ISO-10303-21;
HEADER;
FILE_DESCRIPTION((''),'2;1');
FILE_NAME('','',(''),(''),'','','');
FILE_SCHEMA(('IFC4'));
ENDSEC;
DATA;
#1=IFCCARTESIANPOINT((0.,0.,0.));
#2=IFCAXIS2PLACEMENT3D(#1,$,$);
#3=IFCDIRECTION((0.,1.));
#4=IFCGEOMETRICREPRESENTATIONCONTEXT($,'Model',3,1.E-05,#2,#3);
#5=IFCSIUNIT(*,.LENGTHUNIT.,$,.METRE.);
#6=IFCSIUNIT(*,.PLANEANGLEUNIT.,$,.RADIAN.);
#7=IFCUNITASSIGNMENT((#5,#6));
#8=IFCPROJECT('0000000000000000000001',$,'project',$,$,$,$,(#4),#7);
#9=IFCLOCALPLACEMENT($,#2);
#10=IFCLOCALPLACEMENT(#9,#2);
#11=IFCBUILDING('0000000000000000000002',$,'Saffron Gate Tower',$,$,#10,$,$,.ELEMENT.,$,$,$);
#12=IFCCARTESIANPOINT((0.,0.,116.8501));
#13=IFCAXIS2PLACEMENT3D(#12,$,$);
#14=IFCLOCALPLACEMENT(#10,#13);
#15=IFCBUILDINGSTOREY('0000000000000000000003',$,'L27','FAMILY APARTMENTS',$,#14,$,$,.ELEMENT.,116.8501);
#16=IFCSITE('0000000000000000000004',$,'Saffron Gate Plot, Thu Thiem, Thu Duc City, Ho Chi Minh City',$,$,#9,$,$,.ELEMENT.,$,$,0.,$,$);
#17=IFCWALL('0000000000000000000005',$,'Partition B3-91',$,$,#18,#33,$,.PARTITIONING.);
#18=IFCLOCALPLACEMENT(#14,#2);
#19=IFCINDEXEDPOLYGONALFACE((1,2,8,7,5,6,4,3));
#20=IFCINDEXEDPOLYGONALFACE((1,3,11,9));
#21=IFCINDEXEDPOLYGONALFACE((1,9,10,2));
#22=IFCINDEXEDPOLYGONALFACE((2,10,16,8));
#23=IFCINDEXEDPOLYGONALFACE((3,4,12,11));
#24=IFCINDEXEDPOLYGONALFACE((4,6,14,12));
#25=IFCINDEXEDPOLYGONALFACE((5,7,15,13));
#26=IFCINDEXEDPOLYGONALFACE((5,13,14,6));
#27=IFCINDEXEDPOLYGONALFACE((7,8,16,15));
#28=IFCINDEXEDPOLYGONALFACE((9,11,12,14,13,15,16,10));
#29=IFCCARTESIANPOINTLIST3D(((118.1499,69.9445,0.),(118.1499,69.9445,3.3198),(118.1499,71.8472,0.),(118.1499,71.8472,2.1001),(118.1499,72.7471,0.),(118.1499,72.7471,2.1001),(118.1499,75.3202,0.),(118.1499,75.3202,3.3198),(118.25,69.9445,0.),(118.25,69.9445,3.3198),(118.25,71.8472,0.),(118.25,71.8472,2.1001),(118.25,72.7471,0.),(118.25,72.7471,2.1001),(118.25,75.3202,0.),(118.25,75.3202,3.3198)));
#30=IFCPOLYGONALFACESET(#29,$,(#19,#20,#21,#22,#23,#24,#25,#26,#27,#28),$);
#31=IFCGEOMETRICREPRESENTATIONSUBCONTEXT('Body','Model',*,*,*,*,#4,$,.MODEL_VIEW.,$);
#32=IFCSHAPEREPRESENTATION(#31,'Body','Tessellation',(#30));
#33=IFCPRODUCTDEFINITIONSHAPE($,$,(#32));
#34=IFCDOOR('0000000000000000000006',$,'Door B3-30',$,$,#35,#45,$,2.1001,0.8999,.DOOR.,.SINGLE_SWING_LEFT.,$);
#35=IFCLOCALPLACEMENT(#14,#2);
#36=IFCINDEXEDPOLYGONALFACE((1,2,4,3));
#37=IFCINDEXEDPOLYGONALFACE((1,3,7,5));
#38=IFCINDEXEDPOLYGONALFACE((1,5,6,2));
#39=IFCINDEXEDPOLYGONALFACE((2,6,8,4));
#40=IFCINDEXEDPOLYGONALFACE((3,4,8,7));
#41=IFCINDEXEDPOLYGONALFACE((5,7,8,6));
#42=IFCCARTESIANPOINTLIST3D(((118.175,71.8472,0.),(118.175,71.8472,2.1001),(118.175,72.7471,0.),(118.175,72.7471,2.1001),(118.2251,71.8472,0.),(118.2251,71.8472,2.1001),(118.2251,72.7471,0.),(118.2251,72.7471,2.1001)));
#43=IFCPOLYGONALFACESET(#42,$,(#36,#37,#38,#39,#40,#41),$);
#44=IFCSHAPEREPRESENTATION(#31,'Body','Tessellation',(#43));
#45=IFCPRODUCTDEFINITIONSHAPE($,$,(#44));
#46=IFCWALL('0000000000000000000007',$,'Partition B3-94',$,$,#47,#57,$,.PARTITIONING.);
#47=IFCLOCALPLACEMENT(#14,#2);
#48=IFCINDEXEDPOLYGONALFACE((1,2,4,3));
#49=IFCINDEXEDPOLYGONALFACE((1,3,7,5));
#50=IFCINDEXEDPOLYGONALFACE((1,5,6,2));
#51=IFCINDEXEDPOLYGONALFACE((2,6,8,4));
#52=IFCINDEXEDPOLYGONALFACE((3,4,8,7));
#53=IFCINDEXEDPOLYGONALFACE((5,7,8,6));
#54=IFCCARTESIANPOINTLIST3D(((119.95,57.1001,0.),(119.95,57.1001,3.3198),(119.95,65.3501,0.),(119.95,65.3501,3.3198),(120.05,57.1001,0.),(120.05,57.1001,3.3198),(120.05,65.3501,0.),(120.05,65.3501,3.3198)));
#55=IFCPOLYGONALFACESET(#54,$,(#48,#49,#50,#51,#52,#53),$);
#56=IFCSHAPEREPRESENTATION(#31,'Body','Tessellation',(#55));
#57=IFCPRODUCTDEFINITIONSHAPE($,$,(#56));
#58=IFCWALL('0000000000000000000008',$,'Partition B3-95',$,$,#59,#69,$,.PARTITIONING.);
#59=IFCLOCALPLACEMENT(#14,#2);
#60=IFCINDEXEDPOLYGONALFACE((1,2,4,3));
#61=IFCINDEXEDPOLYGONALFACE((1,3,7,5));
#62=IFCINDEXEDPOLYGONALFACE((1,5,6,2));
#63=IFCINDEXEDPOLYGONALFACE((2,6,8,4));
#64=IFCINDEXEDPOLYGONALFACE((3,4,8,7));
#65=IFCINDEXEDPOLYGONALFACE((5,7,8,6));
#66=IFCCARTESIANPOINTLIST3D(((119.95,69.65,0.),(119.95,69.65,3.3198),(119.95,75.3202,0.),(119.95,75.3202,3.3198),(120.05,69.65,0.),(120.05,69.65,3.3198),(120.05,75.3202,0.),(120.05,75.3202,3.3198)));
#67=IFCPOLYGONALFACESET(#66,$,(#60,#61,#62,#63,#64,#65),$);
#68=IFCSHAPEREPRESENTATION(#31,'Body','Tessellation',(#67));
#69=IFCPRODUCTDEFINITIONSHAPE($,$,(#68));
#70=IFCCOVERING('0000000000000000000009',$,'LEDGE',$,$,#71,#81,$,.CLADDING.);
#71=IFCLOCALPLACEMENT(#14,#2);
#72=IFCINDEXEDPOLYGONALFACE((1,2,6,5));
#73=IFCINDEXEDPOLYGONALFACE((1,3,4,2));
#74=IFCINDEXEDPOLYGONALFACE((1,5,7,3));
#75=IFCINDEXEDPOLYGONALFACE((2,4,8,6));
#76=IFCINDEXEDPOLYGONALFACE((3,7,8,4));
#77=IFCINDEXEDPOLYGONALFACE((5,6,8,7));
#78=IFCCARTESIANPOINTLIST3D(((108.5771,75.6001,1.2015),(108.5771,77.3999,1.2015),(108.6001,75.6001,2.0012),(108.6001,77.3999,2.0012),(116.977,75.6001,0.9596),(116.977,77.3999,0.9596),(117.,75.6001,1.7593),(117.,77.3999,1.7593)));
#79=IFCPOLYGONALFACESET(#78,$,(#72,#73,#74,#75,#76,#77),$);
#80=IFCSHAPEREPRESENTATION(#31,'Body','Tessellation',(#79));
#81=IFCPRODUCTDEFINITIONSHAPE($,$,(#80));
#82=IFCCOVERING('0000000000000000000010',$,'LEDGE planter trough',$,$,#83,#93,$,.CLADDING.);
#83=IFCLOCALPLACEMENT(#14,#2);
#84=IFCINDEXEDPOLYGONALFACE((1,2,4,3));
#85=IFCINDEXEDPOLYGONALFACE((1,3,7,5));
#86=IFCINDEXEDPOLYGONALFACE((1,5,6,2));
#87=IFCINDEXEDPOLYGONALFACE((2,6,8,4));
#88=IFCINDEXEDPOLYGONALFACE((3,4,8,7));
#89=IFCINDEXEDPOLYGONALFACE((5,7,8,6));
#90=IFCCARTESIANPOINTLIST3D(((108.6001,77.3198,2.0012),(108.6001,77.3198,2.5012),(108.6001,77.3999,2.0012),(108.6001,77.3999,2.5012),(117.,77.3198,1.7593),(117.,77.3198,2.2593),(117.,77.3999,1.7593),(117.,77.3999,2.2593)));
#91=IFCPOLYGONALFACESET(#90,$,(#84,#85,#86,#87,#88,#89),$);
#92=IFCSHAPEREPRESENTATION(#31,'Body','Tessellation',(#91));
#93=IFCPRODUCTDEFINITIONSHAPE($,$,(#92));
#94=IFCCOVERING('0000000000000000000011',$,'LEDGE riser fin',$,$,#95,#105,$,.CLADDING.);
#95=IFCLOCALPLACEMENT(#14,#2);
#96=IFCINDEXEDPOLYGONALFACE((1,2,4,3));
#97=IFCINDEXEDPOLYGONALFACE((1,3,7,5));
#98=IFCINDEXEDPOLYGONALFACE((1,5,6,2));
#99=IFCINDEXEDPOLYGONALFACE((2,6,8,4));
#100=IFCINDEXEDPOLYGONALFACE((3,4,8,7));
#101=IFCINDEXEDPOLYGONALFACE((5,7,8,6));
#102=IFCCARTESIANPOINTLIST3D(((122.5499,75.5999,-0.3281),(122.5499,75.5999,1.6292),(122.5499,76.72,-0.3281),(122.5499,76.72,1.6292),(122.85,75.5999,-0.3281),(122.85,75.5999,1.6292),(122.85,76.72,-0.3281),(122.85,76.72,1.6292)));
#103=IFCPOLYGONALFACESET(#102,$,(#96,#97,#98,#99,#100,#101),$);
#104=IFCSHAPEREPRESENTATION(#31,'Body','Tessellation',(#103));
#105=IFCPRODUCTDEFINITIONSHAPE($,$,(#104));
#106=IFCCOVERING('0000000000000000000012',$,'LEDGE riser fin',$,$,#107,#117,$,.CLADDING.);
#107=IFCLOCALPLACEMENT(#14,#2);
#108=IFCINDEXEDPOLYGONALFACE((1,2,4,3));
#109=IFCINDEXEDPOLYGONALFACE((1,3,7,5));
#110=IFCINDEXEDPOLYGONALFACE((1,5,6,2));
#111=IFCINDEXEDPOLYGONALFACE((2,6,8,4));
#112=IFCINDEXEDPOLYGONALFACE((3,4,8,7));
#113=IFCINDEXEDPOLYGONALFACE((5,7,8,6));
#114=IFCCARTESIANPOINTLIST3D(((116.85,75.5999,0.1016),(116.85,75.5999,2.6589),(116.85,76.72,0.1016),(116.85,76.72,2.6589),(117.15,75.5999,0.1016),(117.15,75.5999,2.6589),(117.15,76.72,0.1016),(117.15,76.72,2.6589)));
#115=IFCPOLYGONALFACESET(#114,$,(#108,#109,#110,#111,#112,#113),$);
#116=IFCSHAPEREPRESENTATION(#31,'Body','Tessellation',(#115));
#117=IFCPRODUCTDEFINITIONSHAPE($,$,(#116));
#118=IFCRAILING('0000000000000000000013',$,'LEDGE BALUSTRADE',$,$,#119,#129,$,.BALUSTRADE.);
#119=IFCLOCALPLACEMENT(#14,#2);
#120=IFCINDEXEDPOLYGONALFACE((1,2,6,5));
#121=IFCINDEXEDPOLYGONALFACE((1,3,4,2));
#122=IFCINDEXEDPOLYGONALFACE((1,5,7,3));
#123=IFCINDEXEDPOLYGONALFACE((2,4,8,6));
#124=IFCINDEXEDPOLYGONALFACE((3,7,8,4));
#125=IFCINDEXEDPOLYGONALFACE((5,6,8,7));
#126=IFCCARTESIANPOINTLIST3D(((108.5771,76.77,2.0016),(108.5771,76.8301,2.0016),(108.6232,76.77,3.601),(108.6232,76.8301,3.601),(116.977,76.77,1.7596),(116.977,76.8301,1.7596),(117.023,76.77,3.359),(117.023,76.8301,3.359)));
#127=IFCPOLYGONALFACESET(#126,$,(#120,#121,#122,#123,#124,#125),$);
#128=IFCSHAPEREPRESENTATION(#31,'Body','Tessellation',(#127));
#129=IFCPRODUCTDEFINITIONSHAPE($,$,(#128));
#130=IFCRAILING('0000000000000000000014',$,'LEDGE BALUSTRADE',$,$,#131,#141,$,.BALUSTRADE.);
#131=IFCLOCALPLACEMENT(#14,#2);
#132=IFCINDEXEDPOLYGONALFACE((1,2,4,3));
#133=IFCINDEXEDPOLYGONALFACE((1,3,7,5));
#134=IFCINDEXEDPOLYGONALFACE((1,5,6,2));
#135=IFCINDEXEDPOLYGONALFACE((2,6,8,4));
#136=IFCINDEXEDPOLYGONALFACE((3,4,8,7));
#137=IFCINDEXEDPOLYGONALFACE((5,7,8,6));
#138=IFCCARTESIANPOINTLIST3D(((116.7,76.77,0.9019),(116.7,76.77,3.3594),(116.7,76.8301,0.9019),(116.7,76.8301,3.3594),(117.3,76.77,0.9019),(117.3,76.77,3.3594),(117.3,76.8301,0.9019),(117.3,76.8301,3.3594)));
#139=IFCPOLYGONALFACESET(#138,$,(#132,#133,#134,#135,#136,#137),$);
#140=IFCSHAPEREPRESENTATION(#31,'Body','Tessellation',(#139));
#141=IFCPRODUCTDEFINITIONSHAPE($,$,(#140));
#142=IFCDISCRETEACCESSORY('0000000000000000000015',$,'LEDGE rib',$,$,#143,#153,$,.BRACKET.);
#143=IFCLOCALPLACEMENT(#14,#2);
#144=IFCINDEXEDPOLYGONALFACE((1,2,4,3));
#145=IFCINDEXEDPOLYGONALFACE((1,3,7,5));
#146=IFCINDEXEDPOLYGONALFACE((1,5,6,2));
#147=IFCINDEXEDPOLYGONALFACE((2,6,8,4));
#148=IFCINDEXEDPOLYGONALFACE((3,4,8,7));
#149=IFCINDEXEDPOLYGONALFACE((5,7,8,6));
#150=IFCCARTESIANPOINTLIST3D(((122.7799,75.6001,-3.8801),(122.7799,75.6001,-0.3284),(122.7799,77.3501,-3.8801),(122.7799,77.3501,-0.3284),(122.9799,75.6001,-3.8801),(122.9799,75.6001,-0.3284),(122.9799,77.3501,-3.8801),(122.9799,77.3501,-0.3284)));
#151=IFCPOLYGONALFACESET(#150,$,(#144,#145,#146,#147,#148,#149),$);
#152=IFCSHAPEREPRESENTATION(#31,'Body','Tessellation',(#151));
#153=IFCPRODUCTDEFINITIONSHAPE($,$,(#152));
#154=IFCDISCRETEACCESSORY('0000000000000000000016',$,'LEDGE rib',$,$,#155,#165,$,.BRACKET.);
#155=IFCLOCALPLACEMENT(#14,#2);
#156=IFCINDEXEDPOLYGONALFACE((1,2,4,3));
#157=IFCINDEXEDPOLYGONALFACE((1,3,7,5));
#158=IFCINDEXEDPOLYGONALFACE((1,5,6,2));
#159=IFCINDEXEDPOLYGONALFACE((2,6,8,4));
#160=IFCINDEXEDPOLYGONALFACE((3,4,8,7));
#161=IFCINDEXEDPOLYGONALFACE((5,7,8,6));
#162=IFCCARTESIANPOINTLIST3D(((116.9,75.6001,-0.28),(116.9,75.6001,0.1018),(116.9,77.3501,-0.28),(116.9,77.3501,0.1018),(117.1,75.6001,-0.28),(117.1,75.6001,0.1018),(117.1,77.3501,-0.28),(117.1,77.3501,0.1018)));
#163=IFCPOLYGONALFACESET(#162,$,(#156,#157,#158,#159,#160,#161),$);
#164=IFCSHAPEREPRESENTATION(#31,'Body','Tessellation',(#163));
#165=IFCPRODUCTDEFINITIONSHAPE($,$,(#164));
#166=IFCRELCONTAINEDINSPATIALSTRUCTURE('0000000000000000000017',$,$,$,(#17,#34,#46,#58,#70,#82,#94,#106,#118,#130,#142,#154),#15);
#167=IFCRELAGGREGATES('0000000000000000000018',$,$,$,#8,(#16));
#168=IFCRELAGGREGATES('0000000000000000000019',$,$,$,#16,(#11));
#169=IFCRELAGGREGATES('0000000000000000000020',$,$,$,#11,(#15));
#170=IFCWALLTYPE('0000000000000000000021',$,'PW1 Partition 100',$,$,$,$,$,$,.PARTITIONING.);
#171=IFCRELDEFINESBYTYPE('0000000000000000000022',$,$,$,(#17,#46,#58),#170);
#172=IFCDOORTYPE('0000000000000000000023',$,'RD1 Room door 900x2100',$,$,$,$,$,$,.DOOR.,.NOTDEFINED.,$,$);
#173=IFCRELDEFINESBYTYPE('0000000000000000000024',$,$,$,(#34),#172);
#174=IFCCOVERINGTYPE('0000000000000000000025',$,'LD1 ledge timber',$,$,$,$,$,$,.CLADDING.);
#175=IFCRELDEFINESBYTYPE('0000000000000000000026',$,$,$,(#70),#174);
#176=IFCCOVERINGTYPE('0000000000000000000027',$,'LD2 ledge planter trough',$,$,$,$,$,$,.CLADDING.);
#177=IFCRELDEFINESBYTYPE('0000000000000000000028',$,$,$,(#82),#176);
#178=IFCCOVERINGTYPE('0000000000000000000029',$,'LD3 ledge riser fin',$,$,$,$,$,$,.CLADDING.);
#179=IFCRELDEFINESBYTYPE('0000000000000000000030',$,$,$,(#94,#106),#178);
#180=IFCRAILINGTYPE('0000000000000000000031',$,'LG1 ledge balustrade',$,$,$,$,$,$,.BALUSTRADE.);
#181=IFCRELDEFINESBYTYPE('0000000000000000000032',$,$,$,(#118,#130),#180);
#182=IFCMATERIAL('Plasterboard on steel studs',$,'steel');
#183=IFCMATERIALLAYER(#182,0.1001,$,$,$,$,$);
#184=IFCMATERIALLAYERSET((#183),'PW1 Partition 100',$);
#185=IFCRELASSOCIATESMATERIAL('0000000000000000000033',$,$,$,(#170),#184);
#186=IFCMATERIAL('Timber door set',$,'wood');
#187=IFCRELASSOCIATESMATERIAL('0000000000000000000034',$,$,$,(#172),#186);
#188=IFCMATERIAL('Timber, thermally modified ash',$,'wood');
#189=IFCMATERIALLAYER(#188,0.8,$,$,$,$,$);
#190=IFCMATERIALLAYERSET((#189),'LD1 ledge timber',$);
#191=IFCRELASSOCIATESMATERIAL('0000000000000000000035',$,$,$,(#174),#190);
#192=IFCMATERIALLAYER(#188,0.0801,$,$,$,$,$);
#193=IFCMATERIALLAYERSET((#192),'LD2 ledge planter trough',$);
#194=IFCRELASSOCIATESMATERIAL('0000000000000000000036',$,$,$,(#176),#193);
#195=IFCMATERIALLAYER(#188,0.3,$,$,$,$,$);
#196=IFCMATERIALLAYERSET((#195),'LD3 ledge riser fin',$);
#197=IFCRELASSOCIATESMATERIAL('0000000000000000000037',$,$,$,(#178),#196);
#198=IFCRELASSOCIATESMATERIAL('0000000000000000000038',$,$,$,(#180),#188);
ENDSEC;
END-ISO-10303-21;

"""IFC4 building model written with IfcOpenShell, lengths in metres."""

from ifc_helpers import new_model, si_unit, direction, frame, frame_2d, origin, origin_2d, place, context, subcontext, project, spatial, polyline, rectangle, outline, extrude, material, layer, layer_set, type_object, element, fill, save


model = new_model("IFC4")

# Units and contexts
model_context = context("Model", 3, precision=1e-05, world=origin(), true_north=direction((0.0, 1.0)))
body_context = subcontext(model_context, "Body", "Model", "MODEL_VIEW")
ifc_project = project(units=[si_unit("LENGTHUNIT", "METRE"), si_unit("PLANEANGLEUNIT", "RADIAN")], contexts=[model_context])

# Site, building, storey
site_placement = place(None, origin())
site = spatial("IfcSite", under=ifc_project, at=site_placement, Name="Saffron Gate Plot, Thu Thiem, Thu Duc City, Ho Chi Minh City", CompositionType="ELEMENT", RefElevation=0.0)
building_placement = place(site_placement, origin())
building = spatial("IfcBuilding", under=site, at=building_placement, Name="Saffron Gate Tower", CompositionType="ELEMENT")
storey_placement = place(building_placement, frame((0.0, 0.0, 116.8501)))
storey = spatial("IfcBuildingStorey", under=building, at=storey_placement, Name="L27", Description="FAMILY APARTMENTS", CompositionType="ELEMENT", Elevation=116.8501)

# Shared definitions
ifc_material_1 = material(Name="Plasterboard on steel studs", Category="steel")
ifc_layer_1 = layer(ifc_material_1, 0.1001)
ifc_layer_set_1 = layer_set([ifc_layer_1], Name="PW1 Partition 100")
wall_type = type_object("IfcWallType", Name="PW1 Partition 100", PredefinedType="PARTITIONING", material=ifc_layer_set_1)

# Shared definitions
ifc_material_2 = material(Name="Timber door set", Category="wood")
door_type = type_object("IfcDoorType", Name="RD1 Room door 900x2100", OperationType="NOTDEFINED", PredefinedType="DOOR", material=ifc_material_2)

# Wall, opening, door
wall_1_placement = place(storey_placement, frame((118.2, 69.9443, 0.0), z_axis=(0.0, 0.0, 1.0), x_axis=(0.0, 1.0, 0.0)))
wall_1 = element("IfcWall", 1, at=wall_1_placement, inside=storey, type_object=wall_type, Name="Partition B3-91", PredefinedType="PARTITIONING", context=body_context, shape_type="SweptSolid", body=[
    extrude(rectangle(XDim=5.3757, YDim=0.1001, at=frame_2d((2.688, 0.0))), origin(), (0.0, 0.0, 1.0), 3.3198),
])
opening_1_placement = place(wall_1_placement, frame((1.9028, 0.0, 0.0)))
opening_1 = element("IfcOpeningElement", 2, at=opening_1_placement, cuts=wall_1, PredefinedType="OPENING", context=body_context, shape_type="SweptSolid", body=[
    extrude(rectangle(XDim=0.8999, YDim=2.1001, at=frame_2d((0.45, 1.05))), frame((0.0, 0.0601, 0.0), z_axis=(0.0, -1.0, 0.0), x_axis=(1.0, 0.0, 0.0)), (0.0, 0.0, 1.0), 0.1201),
])
door_1_placement = place(opening_1_placement, origin())
door_1 = element("IfcDoor", 3, at=door_1_placement, inside=storey, type_object=door_type, Name="Door B3-30", OperationType="SINGLE_SWING_LEFT", OverallHeight=2.1001, OverallWidth=0.8999, PredefinedType="DOOR", context=body_context, shape_type="SweptSolid", body=[
    extrude(rectangle(XDim=0.8999, YDim=2.1001, at=frame_2d((0.45, 1.05))), frame((0.0, 0.0249, 0.0), z_axis=(0.0, -1.0, 0.0), x_axis=(1.0, 0.0, 0.0)), (0.0, 0.0, 1.0), 0.05),
])
fill(opening_1, door_1)

# Walls
wall_2_placement = place(storey_placement, frame((120.0, 65.3501, 0.0), z_axis=(0.0, 0.0, 1.0), x_axis=(0.0, -1.0, 0.0)))
element("IfcWall", 4, at=wall_2_placement, inside=storey, type_object=wall_type, Name="Partition B3-94", PredefinedType="PARTITIONING", context=body_context, shape_type="SweptSolid", body=[
    extrude(rectangle(XDim=8.25, YDim=0.1001, at=frame_2d((4.125, 0.0))), origin(), (0.0, 0.0, 1.0), 3.3198),
])
wall_3_placement = place(storey_placement, frame((120.0, 75.3201, 0.0), z_axis=(0.0, 0.0, 1.0), x_axis=(0.0, -1.0, 0.0)))
element("IfcWall", 5, at=wall_3_placement, inside=storey, type_object=wall_type, Name="Partition B3-95", PredefinedType="PARTITIONING", context=body_context, shape_type="SweptSolid", body=[
    extrude(rectangle(XDim=5.6702, YDim=0.1001, at=frame_2d((2.835, 0.0))), origin(), (0.0, 0.0, 1.0), 3.3198),
])

# Coverings
ifc_material_3 = material(Name="Timber, thermally modified ash", Category="wood")
ifc_layer_2 = layer(ifc_material_3, 0.8)
ifc_layer_set_2 = layer_set([ifc_layer_2], Name="LD1 ledge timber")
covering_type_1 = type_object("IfcCoveringType", Name="LD1 ledge timber", PredefinedType="CLADDING", material=ifc_layer_set_2)
covering_1_placement = place(storey_placement, frame((117.0, 75.6001, 1.7593), z_axis=(0.028791, 0.0, 0.999585), x_axis=(-0.999585, 0.0, 0.028791)))
element("IfcCovering", 6, at=covering_1_placement, inside=storey, type_object=covering_type_1, Name="LEDGE", PredefinedType="CLADDING", context=body_context, shape_type="SweptSolid", body=[
    extrude(outline(polyline([(0.0, 0.0), (8.4034, 0.0), (8.4034, -1.7998), (0.0, -1.7998), (0.0, 0.0)])), origin(), (0.0, 0.0, -1.0), 0.8),
])
ifc_layer_3 = layer(ifc_material_3, 0.0801)
ifc_layer_set_3 = layer_set([ifc_layer_3], Name="LD2 ledge planter trough")
covering_type_2 = type_object("IfcCoveringType", Name="LD2 ledge planter trough", PredefinedType="CLADDING", material=ifc_layer_set_3)
covering_2_placement = place(storey_placement, frame((117.0, 77.3999, 1.7593), z_axis=(0.0, 1.0, 0.0), x_axis=(-0.999585, 0.0, 0.028791)))
element("IfcCovering", 7, at=covering_2_placement, inside=storey, type_object=covering_type_2, Name="LEDGE planter trough", PredefinedType="CLADDING", context=body_context, shape_type="SweptSolid", body=[
    extrude(outline(polyline([(0.0, 0.0), (8.4034, 0.0), (8.4178, 0.4998), (0.0144, 0.4998), (0.0, 0.0)])), origin(), (0.0, 0.0, -1.0), 0.0801),
])
ifc_layer_4 = layer(ifc_material_3, 0.3)
ifc_layer_set_4 = layer_set([ifc_layer_4], Name="LD3 ledge riser fin")
covering_type_3 = type_object("IfcCoveringType", Name="LD3 ledge riser fin", PredefinedType="CLADDING", material=ifc_layer_set_4)
covering_3_placement = place(storey_placement, frame((122.7, 76.1599, -0.3281), z_axis=(0.0, 0.0, 1.0), x_axis=(-1.0, 0.0, 0.0)))
element("IfcCovering", 8, at=covering_3_placement, inside=storey, type_object=covering_type_3, Name="LEDGE riser fin", PredefinedType="CLADDING", context=body_context, shape_type="SweptSolid", body=[
    extrude(rectangle(XDim=0.3, YDim=1.1201, at=origin_2d()), origin(), (0.0, 0.0, 1.0), 1.9573),
])
covering_4_placement = place(storey_placement, frame((117.0, 76.1599, 0.1016), z_axis=(0.0, 0.0, 1.0), x_axis=(-1.0, 0.0, 0.0)))
element("IfcCovering", 9, at=covering_4_placement, inside=storey, type_object=covering_type_3, Name="LEDGE riser fin", PredefinedType="CLADDING", context=body_context, shape_type="SweptSolid", body=[
    extrude(rectangle(XDim=0.3, YDim=1.1201, at=origin_2d()), origin(), (0.0, 0.0, 1.0), 2.5574),
])

# Railings
railing_type = type_object("IfcRailingType", Name="LG1 ledge balustrade", PredefinedType="BALUSTRADE", material=ifc_material_3)
railing_1_placement = place(storey_placement, frame((117.0, 76.8, 1.7593)))
element("IfcRailing", 10, at=railing_1_placement, inside=storey, type_object=railing_type, Name="LEDGE BALUSTRADE", PredefinedType="BALUSTRADE", context=body_context, shape_type="SweptSolid", body=[
    extrude(rectangle(XDim=0.0601, YDim=1.6001, at=origin_2d()), frame((0.0, 0.0, 0.8), z_axis=(-0.999585, 0.0, 0.028791), x_axis=(0.0, -1.0, 0.0)), (0.0, 0.0, 1.0), 8.4033),
])
railing_2_placement = place(storey_placement, frame((117.3, 76.8, 0.9019)))
element("IfcRailing", 11, at=railing_2_placement, inside=storey, type_object=railing_type, Name="LEDGE BALUSTRADE", PredefinedType="BALUSTRADE", context=body_context, shape_type="SweptSolid", body=[
    extrude(rectangle(XDim=0.0601, YDim=2.4575, at=origin_2d()), frame((0.0, 0.0, 1.2288), z_axis=(-1.0, 0.0, 0.0), x_axis=(0.0, -1.0, 0.0)), (0.0, 0.0, 1.0), 0.6001),
])

# Discrete accessories
discrete_accessory_1_placement = place(storey_placement, frame((122.8799, 76.4751, -3.8801), z_axis=(0.0, 0.0, 1.0), x_axis=(-1.0, 0.0, 0.0)))
element("IfcDiscreteAccessory", 12, at=discrete_accessory_1_placement, inside=storey, Name="LEDGE rib", PredefinedType="BRACKET", context=body_context, shape_type="SweptSolid", body=[
    extrude(rectangle(XDim=0.2, YDim=1.75, at=origin_2d()), origin(), (0.0, 0.0, 1.0), 3.5518),
])
discrete_accessory_2_placement = place(storey_placement, frame((117.0, 76.4751, -0.28), z_axis=(0.0, 0.0, 1.0), x_axis=(-1.0, 0.0, 0.0)))
element("IfcDiscreteAccessory", 13, at=discrete_accessory_2_placement, inside=storey, Name="LEDGE rib", PredefinedType="BRACKET", context=body_context, shape_type="SweptSolid", body=[
    extrude(rectangle(XDim=0.2, YDim=1.75, at=origin_2d()), origin(), (0.0, 0.0, 1.0), 0.3818),
])

save(model, "model.ifc")
